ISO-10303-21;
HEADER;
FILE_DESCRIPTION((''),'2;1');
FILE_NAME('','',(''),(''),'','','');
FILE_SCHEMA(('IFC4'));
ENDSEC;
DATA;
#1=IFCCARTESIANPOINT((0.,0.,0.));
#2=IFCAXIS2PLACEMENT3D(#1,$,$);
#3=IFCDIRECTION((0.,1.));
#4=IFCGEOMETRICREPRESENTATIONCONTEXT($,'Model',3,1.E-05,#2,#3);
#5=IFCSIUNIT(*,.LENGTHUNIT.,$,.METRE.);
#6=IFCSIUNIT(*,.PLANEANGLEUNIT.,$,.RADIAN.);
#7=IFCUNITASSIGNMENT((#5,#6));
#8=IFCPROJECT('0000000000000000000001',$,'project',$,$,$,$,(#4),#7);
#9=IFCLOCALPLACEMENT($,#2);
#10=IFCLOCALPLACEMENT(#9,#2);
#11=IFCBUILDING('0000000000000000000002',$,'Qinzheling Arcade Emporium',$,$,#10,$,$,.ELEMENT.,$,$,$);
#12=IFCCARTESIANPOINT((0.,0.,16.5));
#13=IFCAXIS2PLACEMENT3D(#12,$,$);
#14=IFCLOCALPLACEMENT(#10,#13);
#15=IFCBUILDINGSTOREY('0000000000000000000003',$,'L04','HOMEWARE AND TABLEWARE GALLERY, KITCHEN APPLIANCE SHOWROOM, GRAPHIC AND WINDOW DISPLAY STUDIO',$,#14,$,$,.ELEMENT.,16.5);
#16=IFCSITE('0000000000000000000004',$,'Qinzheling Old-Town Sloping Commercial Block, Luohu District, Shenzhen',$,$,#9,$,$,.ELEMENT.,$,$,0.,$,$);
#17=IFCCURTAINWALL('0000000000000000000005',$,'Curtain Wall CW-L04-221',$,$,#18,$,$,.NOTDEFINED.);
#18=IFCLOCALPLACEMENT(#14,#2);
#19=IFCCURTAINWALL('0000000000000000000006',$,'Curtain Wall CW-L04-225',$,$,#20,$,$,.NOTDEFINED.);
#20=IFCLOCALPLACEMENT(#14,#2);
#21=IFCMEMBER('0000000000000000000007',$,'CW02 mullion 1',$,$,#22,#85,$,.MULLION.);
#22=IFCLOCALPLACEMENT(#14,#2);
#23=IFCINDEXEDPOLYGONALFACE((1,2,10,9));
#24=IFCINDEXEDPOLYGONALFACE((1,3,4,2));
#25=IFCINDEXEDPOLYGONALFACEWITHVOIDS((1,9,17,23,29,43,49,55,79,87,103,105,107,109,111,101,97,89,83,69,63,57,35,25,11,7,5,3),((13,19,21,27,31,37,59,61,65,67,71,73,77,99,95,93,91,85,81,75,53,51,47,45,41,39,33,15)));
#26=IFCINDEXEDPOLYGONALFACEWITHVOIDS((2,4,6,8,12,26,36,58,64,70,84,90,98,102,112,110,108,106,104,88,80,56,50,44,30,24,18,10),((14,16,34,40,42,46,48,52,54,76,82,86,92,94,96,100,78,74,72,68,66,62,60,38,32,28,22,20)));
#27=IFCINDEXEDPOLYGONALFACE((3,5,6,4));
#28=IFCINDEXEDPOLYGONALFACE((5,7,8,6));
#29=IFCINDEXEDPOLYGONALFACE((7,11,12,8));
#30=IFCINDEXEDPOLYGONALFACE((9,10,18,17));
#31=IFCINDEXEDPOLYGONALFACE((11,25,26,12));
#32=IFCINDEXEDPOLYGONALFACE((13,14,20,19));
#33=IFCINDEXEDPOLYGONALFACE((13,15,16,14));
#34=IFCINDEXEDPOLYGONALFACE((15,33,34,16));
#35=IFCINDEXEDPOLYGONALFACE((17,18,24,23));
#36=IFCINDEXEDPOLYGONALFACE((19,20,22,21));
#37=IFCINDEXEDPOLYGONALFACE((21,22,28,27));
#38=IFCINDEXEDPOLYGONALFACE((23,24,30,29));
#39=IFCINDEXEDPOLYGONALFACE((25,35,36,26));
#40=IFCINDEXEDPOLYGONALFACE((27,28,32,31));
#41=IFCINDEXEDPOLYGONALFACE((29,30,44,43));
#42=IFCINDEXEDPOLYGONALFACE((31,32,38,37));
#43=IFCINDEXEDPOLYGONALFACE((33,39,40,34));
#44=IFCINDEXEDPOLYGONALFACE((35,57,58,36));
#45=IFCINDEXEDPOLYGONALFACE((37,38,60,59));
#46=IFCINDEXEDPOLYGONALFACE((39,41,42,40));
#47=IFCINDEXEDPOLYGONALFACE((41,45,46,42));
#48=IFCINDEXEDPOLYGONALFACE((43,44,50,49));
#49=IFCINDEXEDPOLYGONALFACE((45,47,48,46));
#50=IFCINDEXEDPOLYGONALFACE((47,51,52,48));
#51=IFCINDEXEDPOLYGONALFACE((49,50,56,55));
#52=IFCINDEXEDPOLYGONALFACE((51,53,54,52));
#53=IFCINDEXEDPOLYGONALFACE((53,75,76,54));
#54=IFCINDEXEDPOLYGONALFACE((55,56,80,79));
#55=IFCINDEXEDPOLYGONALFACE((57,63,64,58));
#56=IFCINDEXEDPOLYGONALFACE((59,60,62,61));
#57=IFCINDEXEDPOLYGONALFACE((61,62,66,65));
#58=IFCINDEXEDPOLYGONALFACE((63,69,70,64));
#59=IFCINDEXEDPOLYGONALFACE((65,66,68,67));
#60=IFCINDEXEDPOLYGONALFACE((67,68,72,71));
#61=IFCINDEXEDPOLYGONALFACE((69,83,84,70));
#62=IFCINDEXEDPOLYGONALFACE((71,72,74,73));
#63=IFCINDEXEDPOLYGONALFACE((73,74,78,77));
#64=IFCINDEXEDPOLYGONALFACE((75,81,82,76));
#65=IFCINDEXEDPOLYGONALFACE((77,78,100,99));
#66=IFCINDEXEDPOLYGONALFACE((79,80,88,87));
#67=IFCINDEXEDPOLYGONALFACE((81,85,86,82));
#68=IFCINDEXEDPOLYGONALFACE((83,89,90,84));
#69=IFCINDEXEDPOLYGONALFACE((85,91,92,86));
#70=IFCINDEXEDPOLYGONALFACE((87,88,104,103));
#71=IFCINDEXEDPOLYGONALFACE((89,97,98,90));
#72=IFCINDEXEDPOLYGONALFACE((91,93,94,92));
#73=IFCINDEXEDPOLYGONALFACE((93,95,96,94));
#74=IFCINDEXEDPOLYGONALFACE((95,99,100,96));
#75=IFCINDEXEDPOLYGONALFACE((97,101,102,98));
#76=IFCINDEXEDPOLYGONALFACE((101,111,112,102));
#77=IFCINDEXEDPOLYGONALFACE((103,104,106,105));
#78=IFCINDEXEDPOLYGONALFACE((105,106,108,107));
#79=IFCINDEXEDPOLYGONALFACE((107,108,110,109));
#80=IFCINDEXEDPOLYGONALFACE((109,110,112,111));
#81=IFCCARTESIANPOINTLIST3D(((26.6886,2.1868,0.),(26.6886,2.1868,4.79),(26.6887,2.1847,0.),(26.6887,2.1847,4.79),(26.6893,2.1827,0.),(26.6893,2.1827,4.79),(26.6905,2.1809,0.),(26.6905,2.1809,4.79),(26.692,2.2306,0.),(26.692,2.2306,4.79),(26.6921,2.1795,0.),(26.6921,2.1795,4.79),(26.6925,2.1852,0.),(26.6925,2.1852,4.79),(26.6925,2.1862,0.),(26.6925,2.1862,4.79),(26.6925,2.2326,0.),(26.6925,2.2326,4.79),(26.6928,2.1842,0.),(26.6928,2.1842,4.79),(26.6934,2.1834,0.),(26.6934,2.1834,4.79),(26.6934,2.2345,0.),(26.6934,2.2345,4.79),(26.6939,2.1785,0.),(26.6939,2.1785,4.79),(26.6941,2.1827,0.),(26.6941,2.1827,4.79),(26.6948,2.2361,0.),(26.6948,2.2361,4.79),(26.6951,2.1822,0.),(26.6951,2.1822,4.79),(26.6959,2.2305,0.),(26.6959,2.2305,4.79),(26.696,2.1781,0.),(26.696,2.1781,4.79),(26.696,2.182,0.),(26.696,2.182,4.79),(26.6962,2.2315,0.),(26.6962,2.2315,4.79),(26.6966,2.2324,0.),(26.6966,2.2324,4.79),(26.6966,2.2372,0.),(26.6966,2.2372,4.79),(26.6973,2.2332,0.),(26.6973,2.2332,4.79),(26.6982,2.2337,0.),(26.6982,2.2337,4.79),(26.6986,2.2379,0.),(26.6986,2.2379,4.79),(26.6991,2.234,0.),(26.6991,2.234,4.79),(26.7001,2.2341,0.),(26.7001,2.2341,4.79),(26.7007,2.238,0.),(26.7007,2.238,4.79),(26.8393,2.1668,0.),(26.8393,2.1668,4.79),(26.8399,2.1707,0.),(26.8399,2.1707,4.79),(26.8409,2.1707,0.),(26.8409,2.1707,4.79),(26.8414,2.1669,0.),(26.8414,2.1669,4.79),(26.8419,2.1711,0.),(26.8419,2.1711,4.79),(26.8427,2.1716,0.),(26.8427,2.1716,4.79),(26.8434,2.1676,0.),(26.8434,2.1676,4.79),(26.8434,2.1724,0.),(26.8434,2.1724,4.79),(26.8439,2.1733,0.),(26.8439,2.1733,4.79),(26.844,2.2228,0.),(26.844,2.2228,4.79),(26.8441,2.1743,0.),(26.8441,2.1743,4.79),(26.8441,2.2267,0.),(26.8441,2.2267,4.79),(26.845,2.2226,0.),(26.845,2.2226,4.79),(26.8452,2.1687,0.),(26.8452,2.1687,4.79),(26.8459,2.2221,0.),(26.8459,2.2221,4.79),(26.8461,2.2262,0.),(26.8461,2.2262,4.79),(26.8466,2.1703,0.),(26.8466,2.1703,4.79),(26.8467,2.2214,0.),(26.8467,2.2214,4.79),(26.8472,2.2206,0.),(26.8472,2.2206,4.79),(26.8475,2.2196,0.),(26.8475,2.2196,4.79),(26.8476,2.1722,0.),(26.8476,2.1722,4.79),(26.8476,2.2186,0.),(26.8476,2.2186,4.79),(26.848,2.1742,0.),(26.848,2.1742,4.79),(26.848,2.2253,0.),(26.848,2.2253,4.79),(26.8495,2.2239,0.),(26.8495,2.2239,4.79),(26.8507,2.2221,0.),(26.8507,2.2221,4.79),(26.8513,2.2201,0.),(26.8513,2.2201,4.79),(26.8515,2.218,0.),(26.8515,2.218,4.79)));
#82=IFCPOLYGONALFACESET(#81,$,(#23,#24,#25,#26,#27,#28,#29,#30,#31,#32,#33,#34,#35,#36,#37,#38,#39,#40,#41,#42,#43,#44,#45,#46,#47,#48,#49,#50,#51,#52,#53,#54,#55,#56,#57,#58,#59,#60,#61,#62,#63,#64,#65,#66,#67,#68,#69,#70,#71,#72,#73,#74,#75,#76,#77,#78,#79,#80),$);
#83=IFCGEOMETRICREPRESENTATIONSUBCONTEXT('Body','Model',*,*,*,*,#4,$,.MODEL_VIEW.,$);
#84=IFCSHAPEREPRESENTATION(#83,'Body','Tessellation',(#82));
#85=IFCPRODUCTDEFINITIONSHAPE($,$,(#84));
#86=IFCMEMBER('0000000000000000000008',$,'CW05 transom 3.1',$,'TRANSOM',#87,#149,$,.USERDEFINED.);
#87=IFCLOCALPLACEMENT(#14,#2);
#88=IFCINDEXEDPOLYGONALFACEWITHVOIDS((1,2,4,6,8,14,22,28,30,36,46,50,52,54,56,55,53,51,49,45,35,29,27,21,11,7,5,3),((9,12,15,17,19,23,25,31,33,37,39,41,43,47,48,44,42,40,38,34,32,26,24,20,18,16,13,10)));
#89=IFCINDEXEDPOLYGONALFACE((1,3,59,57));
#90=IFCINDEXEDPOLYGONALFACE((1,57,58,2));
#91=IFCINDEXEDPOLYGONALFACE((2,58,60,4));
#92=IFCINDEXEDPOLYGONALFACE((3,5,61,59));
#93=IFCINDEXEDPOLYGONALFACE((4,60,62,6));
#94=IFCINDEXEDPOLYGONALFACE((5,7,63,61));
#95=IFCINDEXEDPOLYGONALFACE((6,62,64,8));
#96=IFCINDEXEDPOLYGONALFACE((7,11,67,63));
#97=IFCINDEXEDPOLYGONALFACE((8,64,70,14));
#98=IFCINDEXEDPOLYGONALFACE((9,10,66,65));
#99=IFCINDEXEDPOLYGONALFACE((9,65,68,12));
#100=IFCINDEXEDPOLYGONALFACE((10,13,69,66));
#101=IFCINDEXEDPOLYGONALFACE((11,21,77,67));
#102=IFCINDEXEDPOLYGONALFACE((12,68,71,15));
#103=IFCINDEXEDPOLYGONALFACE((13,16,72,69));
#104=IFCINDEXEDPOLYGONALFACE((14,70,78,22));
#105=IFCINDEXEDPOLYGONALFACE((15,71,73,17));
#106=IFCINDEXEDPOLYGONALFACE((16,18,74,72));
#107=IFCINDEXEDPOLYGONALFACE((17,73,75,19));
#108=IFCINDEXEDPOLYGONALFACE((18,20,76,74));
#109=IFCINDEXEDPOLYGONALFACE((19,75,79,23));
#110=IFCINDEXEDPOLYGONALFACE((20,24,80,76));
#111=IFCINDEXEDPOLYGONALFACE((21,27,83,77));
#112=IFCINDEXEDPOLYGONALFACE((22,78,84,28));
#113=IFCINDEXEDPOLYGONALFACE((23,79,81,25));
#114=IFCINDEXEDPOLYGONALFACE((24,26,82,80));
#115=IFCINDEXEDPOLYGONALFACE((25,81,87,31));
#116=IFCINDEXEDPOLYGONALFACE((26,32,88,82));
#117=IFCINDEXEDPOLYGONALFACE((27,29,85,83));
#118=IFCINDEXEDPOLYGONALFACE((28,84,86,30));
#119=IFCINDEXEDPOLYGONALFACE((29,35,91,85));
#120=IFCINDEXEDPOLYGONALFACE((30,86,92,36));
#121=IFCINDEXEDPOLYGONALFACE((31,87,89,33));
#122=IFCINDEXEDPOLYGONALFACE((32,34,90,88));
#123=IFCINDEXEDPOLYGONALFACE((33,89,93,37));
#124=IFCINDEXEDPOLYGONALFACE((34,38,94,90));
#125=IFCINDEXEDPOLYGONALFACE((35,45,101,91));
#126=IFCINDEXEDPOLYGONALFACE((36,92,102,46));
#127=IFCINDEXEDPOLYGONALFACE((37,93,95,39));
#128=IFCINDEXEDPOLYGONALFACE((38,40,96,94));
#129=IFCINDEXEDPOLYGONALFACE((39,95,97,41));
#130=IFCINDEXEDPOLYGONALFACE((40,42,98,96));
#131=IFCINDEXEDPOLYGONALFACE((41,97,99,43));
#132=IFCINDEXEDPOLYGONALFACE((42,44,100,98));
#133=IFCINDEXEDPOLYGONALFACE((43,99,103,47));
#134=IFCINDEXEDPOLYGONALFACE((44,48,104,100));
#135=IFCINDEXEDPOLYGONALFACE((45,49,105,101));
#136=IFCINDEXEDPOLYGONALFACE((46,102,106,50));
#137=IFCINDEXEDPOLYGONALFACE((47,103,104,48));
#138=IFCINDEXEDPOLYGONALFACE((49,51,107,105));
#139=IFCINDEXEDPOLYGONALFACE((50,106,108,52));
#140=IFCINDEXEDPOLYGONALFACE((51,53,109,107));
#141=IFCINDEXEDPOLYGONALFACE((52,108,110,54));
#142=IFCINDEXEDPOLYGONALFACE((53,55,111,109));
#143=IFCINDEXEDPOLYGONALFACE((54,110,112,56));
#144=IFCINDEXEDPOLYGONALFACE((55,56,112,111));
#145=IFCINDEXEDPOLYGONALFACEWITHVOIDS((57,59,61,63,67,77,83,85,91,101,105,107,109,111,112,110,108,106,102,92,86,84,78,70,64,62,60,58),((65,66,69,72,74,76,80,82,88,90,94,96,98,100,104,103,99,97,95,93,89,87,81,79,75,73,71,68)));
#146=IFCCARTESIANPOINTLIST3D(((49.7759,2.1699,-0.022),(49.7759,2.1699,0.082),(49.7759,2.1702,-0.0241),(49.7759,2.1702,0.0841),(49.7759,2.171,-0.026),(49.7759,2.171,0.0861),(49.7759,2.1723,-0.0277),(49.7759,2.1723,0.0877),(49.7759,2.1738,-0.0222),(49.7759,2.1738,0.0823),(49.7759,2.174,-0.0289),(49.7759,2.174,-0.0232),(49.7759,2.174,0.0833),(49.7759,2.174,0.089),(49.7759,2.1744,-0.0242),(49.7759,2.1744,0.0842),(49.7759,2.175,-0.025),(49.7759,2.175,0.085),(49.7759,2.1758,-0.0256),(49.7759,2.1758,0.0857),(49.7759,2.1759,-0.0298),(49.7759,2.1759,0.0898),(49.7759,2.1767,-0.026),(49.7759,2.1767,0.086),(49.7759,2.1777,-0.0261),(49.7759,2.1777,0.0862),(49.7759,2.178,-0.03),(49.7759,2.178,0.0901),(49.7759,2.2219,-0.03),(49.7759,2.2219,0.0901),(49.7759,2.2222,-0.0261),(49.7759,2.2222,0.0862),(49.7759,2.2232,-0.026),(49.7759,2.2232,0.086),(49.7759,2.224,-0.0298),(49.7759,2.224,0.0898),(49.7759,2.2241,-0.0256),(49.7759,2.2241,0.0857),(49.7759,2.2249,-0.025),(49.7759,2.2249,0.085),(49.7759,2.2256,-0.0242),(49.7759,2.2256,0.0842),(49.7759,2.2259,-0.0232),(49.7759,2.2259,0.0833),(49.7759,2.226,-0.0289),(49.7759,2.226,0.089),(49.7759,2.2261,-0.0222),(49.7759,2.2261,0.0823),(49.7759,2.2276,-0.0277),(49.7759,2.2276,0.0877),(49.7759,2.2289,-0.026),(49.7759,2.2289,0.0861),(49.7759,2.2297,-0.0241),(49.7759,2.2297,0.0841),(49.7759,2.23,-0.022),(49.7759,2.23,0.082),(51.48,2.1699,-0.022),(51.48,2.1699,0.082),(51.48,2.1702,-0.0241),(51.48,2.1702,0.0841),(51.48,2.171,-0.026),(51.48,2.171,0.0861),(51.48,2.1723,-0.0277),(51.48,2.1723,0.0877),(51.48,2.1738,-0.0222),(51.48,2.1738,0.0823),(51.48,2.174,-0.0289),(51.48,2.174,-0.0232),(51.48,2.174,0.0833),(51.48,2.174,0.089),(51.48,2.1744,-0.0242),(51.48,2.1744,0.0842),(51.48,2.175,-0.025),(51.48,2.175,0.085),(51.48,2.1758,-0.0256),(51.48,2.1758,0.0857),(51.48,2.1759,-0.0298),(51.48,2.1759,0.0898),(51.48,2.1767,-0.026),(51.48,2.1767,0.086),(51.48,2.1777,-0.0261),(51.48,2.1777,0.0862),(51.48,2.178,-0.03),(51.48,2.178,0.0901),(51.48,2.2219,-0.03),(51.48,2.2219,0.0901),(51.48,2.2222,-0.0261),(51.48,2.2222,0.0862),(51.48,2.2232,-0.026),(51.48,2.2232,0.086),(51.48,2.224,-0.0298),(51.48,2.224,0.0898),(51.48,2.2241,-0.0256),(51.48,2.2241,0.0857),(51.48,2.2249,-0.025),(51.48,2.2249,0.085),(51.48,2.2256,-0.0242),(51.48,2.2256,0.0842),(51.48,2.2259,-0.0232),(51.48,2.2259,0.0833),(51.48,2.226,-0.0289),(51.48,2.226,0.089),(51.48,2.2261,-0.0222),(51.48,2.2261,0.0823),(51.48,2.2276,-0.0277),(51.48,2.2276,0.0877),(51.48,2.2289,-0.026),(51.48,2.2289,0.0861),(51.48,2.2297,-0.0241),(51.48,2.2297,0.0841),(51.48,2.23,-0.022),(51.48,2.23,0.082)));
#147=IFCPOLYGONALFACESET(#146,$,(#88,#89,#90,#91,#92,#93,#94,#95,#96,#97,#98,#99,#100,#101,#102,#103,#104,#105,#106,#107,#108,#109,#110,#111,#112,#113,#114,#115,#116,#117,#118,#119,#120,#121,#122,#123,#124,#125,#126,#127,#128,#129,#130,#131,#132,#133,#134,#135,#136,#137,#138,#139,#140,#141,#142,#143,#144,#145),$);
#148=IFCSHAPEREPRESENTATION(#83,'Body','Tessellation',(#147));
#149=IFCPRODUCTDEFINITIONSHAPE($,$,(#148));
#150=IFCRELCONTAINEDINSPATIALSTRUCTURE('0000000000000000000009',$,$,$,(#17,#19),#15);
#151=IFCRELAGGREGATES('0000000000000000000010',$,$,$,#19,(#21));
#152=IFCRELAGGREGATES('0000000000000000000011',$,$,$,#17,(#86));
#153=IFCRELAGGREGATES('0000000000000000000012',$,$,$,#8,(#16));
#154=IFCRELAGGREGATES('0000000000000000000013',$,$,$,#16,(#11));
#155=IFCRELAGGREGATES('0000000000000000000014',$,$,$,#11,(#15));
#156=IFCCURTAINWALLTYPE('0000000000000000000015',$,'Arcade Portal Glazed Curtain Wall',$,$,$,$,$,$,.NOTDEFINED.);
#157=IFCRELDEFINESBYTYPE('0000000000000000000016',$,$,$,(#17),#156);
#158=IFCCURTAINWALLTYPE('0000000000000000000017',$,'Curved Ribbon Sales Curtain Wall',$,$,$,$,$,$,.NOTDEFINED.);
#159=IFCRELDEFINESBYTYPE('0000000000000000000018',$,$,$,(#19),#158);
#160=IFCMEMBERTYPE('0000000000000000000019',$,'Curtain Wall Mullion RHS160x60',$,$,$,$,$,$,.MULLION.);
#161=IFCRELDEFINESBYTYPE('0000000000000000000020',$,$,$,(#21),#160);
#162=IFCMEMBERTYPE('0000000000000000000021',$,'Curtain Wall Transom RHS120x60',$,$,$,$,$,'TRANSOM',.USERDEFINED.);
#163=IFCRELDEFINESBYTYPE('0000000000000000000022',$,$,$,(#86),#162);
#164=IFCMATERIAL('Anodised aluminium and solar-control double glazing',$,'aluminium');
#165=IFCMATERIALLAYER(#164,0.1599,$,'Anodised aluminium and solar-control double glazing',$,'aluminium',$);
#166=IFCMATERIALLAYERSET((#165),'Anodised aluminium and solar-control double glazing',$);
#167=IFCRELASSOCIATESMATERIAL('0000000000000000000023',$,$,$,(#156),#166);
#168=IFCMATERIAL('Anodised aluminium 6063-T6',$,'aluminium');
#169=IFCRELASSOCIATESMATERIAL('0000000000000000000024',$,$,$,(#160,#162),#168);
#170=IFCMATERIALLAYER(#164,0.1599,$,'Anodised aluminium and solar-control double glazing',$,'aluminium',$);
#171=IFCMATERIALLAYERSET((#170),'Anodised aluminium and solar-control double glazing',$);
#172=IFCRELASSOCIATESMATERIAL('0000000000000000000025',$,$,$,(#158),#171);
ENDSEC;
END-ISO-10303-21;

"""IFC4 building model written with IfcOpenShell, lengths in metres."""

from ifc_helpers import new_model, si_unit, direction, frame, origin, origin_2d, place, context, subcontext, project, spatial, hollow_rectangle, extrude, material, layer, layer_set, material_profile, profile_set, type_object, element, aggregate, save


model = new_model("IFC4")

# Units and contexts
model_context = context("Model", 3, precision=1e-05, world=origin(), true_north=direction((0.0, 1.0)))
body_context = subcontext(model_context, "Body", "Model", "MODEL_VIEW")
ifc_project = project(units=[si_unit("LENGTHUNIT", "METRE"), si_unit("PLANEANGLEUNIT", "RADIAN")], contexts=[model_context])

# Site, building, storey
site_placement = place(None, origin())
site = spatial("IfcSite", under=ifc_project, at=site_placement, Name="Qinzheling Old-Town Sloping Commercial Block, Luohu District, Shenzhen", CompositionType="ELEMENT", RefElevation=0.0)
building_placement = place(site_placement, origin())
building = spatial("IfcBuilding", under=site, at=building_placement, Name="Qinzheling Arcade Emporium", CompositionType="ELEMENT")
storey_placement = place(building_placement, frame((0.0, 0.0, 16.5)))
storey = spatial("IfcBuildingStorey", under=building, at=storey_placement, Name="L04", Description="HOMEWARE AND TABLEWARE GALLERY, KITCHEN APPLIANCE SHOWROOM, GRAPHIC AND WINDOW DISPLAY STUDIO", CompositionType="ELEMENT", Elevation=16.5)

# Curtain wall
ifc_material_1 = material(Name="Anodised aluminium and solar-control double glazing", Category="aluminium")
ifc_layer_1 = layer(ifc_material_1, 0.1599, Name="Anodised aluminium and solar-control double glazing", Category="aluminium")
ifc_layer_set_1 = layer_set([ifc_layer_1], Name="Anodised aluminium and solar-control double glazing")
curtain_wall_type_1 = type_object("IfcCurtainWallType", Name="Arcade Portal Glazed Curtain Wall", PredefinedType="NOTDEFINED", material=ifc_layer_set_1)
curtain_wall_1_placement = place(storey_placement, origin())
curtain_wall_1 = element("IfcCurtainWall", 1, at=curtain_wall_1_placement, inside=storey, type_object=curtain_wall_type_1, Name="Curtain Wall CW-L04-221", PredefinedType="NOTDEFINED")
ifc_material_2 = material(Name="Anodised aluminium 6063-T6", Category="aluminium")
ifc_material_profile_1 = material_profile(ifc_material_2, hollow_rectangle(XDim=0.0601, YDim=0.1599, WallThickness=0.0039, InnerFilletRadius=0.0039, OuterFilletRadius=0.0081, at=origin_2d()), Name="RHS 160x60x4", Category="aluminium")
ifc_profile_set_1 = profile_set([ifc_material_profile_1], Name="Anodised aluminium 6063-T6")
member_type_1 = type_object("IfcMemberType", Name="Curtain Wall Mullion RHS160x60", PredefinedType="MULLION", material=ifc_profile_set_1)

# Curtain wall, member
ifc_layer_2 = layer(ifc_material_1, 0.1599, Name="Anodised aluminium and solar-control double glazing", Category="aluminium")
ifc_layer_set_2 = layer_set([ifc_layer_2], Name="Anodised aluminium and solar-control double glazing")
curtain_wall_type_2 = type_object("IfcCurtainWallType", Name="Curved Ribbon Sales Curtain Wall", PredefinedType="NOTDEFINED", material=ifc_layer_set_2)
curtain_wall_2_placement = place(storey_placement, origin())
curtain_wall_2 = element("IfcCurtainWall", 2, at=curtain_wall_2_placement, inside=storey, type_object=curtain_wall_type_2, Name="Curtain Wall CW-L04-225", PredefinedType="NOTDEFINED")
member_1_placement = place(storey_placement, frame((26.77, 2.2024, 0.0), z_axis=(0.0, 0.0, 1.0), x_axis=(-0.07849, -0.996915, 0.0)))
member_1 = element("IfcMember", 3, at=member_1_placement, type_object=member_type_1, Name="CW02 mullion 1", PredefinedType="MULLION", context=body_context, shape_type="SweptSolid", body=[
    extrude(hollow_rectangle(XDim=0.0601, YDim=0.1599, WallThickness=0.0039, InnerFilletRadius=0.0039, OuterFilletRadius=0.0081, at=origin_2d()), origin(), (0.0, 0.0, 1.0), 4.79),
])

# Member
ifc_material_profile_2 = material_profile(ifc_material_2, hollow_rectangle(XDim=0.0601, YDim=0.1201, WallThickness=0.0039, InnerFilletRadius=0.0039, OuterFilletRadius=0.0081, at=origin_2d()), Name="RHS 120x60x4", Category="aluminium")
ifc_profile_set_2 = profile_set([ifc_material_profile_2], Name="Anodised aluminium 6063-T6")
member_type_2 = type_object("IfcMemberType", Name="Curtain Wall Transom RHS120x60", ElementType="TRANSOM", PredefinedType="USERDEFINED", material=ifc_profile_set_2)
member_2_placement = place(storey_placement, frame((51.48, 2.2, 0.03), z_axis=(-1.0, 0.0, 0.0), x_axis=(0.0, -1.0, 0.0)))
member_2 = element("IfcMember", 4, at=member_2_placement, type_object=member_type_2, Name="CW05 transom 3.1", ObjectType="TRANSOM", PredefinedType="USERDEFINED", context=body_context, shape_type="SweptSolid", body=[
    extrude(hollow_rectangle(XDim=0.0601, YDim=0.1201, WallThickness=0.0039, InnerFilletRadius=0.0039, OuterFilletRadius=0.0081, at=origin_2d()), origin(), (0.0, 0.0, 1.0), 1.7041),
])
aggregate(curtain_wall_2, [member_1])

aggregate(curtain_wall_1, [member_2])

save(model, "model.ifc")
